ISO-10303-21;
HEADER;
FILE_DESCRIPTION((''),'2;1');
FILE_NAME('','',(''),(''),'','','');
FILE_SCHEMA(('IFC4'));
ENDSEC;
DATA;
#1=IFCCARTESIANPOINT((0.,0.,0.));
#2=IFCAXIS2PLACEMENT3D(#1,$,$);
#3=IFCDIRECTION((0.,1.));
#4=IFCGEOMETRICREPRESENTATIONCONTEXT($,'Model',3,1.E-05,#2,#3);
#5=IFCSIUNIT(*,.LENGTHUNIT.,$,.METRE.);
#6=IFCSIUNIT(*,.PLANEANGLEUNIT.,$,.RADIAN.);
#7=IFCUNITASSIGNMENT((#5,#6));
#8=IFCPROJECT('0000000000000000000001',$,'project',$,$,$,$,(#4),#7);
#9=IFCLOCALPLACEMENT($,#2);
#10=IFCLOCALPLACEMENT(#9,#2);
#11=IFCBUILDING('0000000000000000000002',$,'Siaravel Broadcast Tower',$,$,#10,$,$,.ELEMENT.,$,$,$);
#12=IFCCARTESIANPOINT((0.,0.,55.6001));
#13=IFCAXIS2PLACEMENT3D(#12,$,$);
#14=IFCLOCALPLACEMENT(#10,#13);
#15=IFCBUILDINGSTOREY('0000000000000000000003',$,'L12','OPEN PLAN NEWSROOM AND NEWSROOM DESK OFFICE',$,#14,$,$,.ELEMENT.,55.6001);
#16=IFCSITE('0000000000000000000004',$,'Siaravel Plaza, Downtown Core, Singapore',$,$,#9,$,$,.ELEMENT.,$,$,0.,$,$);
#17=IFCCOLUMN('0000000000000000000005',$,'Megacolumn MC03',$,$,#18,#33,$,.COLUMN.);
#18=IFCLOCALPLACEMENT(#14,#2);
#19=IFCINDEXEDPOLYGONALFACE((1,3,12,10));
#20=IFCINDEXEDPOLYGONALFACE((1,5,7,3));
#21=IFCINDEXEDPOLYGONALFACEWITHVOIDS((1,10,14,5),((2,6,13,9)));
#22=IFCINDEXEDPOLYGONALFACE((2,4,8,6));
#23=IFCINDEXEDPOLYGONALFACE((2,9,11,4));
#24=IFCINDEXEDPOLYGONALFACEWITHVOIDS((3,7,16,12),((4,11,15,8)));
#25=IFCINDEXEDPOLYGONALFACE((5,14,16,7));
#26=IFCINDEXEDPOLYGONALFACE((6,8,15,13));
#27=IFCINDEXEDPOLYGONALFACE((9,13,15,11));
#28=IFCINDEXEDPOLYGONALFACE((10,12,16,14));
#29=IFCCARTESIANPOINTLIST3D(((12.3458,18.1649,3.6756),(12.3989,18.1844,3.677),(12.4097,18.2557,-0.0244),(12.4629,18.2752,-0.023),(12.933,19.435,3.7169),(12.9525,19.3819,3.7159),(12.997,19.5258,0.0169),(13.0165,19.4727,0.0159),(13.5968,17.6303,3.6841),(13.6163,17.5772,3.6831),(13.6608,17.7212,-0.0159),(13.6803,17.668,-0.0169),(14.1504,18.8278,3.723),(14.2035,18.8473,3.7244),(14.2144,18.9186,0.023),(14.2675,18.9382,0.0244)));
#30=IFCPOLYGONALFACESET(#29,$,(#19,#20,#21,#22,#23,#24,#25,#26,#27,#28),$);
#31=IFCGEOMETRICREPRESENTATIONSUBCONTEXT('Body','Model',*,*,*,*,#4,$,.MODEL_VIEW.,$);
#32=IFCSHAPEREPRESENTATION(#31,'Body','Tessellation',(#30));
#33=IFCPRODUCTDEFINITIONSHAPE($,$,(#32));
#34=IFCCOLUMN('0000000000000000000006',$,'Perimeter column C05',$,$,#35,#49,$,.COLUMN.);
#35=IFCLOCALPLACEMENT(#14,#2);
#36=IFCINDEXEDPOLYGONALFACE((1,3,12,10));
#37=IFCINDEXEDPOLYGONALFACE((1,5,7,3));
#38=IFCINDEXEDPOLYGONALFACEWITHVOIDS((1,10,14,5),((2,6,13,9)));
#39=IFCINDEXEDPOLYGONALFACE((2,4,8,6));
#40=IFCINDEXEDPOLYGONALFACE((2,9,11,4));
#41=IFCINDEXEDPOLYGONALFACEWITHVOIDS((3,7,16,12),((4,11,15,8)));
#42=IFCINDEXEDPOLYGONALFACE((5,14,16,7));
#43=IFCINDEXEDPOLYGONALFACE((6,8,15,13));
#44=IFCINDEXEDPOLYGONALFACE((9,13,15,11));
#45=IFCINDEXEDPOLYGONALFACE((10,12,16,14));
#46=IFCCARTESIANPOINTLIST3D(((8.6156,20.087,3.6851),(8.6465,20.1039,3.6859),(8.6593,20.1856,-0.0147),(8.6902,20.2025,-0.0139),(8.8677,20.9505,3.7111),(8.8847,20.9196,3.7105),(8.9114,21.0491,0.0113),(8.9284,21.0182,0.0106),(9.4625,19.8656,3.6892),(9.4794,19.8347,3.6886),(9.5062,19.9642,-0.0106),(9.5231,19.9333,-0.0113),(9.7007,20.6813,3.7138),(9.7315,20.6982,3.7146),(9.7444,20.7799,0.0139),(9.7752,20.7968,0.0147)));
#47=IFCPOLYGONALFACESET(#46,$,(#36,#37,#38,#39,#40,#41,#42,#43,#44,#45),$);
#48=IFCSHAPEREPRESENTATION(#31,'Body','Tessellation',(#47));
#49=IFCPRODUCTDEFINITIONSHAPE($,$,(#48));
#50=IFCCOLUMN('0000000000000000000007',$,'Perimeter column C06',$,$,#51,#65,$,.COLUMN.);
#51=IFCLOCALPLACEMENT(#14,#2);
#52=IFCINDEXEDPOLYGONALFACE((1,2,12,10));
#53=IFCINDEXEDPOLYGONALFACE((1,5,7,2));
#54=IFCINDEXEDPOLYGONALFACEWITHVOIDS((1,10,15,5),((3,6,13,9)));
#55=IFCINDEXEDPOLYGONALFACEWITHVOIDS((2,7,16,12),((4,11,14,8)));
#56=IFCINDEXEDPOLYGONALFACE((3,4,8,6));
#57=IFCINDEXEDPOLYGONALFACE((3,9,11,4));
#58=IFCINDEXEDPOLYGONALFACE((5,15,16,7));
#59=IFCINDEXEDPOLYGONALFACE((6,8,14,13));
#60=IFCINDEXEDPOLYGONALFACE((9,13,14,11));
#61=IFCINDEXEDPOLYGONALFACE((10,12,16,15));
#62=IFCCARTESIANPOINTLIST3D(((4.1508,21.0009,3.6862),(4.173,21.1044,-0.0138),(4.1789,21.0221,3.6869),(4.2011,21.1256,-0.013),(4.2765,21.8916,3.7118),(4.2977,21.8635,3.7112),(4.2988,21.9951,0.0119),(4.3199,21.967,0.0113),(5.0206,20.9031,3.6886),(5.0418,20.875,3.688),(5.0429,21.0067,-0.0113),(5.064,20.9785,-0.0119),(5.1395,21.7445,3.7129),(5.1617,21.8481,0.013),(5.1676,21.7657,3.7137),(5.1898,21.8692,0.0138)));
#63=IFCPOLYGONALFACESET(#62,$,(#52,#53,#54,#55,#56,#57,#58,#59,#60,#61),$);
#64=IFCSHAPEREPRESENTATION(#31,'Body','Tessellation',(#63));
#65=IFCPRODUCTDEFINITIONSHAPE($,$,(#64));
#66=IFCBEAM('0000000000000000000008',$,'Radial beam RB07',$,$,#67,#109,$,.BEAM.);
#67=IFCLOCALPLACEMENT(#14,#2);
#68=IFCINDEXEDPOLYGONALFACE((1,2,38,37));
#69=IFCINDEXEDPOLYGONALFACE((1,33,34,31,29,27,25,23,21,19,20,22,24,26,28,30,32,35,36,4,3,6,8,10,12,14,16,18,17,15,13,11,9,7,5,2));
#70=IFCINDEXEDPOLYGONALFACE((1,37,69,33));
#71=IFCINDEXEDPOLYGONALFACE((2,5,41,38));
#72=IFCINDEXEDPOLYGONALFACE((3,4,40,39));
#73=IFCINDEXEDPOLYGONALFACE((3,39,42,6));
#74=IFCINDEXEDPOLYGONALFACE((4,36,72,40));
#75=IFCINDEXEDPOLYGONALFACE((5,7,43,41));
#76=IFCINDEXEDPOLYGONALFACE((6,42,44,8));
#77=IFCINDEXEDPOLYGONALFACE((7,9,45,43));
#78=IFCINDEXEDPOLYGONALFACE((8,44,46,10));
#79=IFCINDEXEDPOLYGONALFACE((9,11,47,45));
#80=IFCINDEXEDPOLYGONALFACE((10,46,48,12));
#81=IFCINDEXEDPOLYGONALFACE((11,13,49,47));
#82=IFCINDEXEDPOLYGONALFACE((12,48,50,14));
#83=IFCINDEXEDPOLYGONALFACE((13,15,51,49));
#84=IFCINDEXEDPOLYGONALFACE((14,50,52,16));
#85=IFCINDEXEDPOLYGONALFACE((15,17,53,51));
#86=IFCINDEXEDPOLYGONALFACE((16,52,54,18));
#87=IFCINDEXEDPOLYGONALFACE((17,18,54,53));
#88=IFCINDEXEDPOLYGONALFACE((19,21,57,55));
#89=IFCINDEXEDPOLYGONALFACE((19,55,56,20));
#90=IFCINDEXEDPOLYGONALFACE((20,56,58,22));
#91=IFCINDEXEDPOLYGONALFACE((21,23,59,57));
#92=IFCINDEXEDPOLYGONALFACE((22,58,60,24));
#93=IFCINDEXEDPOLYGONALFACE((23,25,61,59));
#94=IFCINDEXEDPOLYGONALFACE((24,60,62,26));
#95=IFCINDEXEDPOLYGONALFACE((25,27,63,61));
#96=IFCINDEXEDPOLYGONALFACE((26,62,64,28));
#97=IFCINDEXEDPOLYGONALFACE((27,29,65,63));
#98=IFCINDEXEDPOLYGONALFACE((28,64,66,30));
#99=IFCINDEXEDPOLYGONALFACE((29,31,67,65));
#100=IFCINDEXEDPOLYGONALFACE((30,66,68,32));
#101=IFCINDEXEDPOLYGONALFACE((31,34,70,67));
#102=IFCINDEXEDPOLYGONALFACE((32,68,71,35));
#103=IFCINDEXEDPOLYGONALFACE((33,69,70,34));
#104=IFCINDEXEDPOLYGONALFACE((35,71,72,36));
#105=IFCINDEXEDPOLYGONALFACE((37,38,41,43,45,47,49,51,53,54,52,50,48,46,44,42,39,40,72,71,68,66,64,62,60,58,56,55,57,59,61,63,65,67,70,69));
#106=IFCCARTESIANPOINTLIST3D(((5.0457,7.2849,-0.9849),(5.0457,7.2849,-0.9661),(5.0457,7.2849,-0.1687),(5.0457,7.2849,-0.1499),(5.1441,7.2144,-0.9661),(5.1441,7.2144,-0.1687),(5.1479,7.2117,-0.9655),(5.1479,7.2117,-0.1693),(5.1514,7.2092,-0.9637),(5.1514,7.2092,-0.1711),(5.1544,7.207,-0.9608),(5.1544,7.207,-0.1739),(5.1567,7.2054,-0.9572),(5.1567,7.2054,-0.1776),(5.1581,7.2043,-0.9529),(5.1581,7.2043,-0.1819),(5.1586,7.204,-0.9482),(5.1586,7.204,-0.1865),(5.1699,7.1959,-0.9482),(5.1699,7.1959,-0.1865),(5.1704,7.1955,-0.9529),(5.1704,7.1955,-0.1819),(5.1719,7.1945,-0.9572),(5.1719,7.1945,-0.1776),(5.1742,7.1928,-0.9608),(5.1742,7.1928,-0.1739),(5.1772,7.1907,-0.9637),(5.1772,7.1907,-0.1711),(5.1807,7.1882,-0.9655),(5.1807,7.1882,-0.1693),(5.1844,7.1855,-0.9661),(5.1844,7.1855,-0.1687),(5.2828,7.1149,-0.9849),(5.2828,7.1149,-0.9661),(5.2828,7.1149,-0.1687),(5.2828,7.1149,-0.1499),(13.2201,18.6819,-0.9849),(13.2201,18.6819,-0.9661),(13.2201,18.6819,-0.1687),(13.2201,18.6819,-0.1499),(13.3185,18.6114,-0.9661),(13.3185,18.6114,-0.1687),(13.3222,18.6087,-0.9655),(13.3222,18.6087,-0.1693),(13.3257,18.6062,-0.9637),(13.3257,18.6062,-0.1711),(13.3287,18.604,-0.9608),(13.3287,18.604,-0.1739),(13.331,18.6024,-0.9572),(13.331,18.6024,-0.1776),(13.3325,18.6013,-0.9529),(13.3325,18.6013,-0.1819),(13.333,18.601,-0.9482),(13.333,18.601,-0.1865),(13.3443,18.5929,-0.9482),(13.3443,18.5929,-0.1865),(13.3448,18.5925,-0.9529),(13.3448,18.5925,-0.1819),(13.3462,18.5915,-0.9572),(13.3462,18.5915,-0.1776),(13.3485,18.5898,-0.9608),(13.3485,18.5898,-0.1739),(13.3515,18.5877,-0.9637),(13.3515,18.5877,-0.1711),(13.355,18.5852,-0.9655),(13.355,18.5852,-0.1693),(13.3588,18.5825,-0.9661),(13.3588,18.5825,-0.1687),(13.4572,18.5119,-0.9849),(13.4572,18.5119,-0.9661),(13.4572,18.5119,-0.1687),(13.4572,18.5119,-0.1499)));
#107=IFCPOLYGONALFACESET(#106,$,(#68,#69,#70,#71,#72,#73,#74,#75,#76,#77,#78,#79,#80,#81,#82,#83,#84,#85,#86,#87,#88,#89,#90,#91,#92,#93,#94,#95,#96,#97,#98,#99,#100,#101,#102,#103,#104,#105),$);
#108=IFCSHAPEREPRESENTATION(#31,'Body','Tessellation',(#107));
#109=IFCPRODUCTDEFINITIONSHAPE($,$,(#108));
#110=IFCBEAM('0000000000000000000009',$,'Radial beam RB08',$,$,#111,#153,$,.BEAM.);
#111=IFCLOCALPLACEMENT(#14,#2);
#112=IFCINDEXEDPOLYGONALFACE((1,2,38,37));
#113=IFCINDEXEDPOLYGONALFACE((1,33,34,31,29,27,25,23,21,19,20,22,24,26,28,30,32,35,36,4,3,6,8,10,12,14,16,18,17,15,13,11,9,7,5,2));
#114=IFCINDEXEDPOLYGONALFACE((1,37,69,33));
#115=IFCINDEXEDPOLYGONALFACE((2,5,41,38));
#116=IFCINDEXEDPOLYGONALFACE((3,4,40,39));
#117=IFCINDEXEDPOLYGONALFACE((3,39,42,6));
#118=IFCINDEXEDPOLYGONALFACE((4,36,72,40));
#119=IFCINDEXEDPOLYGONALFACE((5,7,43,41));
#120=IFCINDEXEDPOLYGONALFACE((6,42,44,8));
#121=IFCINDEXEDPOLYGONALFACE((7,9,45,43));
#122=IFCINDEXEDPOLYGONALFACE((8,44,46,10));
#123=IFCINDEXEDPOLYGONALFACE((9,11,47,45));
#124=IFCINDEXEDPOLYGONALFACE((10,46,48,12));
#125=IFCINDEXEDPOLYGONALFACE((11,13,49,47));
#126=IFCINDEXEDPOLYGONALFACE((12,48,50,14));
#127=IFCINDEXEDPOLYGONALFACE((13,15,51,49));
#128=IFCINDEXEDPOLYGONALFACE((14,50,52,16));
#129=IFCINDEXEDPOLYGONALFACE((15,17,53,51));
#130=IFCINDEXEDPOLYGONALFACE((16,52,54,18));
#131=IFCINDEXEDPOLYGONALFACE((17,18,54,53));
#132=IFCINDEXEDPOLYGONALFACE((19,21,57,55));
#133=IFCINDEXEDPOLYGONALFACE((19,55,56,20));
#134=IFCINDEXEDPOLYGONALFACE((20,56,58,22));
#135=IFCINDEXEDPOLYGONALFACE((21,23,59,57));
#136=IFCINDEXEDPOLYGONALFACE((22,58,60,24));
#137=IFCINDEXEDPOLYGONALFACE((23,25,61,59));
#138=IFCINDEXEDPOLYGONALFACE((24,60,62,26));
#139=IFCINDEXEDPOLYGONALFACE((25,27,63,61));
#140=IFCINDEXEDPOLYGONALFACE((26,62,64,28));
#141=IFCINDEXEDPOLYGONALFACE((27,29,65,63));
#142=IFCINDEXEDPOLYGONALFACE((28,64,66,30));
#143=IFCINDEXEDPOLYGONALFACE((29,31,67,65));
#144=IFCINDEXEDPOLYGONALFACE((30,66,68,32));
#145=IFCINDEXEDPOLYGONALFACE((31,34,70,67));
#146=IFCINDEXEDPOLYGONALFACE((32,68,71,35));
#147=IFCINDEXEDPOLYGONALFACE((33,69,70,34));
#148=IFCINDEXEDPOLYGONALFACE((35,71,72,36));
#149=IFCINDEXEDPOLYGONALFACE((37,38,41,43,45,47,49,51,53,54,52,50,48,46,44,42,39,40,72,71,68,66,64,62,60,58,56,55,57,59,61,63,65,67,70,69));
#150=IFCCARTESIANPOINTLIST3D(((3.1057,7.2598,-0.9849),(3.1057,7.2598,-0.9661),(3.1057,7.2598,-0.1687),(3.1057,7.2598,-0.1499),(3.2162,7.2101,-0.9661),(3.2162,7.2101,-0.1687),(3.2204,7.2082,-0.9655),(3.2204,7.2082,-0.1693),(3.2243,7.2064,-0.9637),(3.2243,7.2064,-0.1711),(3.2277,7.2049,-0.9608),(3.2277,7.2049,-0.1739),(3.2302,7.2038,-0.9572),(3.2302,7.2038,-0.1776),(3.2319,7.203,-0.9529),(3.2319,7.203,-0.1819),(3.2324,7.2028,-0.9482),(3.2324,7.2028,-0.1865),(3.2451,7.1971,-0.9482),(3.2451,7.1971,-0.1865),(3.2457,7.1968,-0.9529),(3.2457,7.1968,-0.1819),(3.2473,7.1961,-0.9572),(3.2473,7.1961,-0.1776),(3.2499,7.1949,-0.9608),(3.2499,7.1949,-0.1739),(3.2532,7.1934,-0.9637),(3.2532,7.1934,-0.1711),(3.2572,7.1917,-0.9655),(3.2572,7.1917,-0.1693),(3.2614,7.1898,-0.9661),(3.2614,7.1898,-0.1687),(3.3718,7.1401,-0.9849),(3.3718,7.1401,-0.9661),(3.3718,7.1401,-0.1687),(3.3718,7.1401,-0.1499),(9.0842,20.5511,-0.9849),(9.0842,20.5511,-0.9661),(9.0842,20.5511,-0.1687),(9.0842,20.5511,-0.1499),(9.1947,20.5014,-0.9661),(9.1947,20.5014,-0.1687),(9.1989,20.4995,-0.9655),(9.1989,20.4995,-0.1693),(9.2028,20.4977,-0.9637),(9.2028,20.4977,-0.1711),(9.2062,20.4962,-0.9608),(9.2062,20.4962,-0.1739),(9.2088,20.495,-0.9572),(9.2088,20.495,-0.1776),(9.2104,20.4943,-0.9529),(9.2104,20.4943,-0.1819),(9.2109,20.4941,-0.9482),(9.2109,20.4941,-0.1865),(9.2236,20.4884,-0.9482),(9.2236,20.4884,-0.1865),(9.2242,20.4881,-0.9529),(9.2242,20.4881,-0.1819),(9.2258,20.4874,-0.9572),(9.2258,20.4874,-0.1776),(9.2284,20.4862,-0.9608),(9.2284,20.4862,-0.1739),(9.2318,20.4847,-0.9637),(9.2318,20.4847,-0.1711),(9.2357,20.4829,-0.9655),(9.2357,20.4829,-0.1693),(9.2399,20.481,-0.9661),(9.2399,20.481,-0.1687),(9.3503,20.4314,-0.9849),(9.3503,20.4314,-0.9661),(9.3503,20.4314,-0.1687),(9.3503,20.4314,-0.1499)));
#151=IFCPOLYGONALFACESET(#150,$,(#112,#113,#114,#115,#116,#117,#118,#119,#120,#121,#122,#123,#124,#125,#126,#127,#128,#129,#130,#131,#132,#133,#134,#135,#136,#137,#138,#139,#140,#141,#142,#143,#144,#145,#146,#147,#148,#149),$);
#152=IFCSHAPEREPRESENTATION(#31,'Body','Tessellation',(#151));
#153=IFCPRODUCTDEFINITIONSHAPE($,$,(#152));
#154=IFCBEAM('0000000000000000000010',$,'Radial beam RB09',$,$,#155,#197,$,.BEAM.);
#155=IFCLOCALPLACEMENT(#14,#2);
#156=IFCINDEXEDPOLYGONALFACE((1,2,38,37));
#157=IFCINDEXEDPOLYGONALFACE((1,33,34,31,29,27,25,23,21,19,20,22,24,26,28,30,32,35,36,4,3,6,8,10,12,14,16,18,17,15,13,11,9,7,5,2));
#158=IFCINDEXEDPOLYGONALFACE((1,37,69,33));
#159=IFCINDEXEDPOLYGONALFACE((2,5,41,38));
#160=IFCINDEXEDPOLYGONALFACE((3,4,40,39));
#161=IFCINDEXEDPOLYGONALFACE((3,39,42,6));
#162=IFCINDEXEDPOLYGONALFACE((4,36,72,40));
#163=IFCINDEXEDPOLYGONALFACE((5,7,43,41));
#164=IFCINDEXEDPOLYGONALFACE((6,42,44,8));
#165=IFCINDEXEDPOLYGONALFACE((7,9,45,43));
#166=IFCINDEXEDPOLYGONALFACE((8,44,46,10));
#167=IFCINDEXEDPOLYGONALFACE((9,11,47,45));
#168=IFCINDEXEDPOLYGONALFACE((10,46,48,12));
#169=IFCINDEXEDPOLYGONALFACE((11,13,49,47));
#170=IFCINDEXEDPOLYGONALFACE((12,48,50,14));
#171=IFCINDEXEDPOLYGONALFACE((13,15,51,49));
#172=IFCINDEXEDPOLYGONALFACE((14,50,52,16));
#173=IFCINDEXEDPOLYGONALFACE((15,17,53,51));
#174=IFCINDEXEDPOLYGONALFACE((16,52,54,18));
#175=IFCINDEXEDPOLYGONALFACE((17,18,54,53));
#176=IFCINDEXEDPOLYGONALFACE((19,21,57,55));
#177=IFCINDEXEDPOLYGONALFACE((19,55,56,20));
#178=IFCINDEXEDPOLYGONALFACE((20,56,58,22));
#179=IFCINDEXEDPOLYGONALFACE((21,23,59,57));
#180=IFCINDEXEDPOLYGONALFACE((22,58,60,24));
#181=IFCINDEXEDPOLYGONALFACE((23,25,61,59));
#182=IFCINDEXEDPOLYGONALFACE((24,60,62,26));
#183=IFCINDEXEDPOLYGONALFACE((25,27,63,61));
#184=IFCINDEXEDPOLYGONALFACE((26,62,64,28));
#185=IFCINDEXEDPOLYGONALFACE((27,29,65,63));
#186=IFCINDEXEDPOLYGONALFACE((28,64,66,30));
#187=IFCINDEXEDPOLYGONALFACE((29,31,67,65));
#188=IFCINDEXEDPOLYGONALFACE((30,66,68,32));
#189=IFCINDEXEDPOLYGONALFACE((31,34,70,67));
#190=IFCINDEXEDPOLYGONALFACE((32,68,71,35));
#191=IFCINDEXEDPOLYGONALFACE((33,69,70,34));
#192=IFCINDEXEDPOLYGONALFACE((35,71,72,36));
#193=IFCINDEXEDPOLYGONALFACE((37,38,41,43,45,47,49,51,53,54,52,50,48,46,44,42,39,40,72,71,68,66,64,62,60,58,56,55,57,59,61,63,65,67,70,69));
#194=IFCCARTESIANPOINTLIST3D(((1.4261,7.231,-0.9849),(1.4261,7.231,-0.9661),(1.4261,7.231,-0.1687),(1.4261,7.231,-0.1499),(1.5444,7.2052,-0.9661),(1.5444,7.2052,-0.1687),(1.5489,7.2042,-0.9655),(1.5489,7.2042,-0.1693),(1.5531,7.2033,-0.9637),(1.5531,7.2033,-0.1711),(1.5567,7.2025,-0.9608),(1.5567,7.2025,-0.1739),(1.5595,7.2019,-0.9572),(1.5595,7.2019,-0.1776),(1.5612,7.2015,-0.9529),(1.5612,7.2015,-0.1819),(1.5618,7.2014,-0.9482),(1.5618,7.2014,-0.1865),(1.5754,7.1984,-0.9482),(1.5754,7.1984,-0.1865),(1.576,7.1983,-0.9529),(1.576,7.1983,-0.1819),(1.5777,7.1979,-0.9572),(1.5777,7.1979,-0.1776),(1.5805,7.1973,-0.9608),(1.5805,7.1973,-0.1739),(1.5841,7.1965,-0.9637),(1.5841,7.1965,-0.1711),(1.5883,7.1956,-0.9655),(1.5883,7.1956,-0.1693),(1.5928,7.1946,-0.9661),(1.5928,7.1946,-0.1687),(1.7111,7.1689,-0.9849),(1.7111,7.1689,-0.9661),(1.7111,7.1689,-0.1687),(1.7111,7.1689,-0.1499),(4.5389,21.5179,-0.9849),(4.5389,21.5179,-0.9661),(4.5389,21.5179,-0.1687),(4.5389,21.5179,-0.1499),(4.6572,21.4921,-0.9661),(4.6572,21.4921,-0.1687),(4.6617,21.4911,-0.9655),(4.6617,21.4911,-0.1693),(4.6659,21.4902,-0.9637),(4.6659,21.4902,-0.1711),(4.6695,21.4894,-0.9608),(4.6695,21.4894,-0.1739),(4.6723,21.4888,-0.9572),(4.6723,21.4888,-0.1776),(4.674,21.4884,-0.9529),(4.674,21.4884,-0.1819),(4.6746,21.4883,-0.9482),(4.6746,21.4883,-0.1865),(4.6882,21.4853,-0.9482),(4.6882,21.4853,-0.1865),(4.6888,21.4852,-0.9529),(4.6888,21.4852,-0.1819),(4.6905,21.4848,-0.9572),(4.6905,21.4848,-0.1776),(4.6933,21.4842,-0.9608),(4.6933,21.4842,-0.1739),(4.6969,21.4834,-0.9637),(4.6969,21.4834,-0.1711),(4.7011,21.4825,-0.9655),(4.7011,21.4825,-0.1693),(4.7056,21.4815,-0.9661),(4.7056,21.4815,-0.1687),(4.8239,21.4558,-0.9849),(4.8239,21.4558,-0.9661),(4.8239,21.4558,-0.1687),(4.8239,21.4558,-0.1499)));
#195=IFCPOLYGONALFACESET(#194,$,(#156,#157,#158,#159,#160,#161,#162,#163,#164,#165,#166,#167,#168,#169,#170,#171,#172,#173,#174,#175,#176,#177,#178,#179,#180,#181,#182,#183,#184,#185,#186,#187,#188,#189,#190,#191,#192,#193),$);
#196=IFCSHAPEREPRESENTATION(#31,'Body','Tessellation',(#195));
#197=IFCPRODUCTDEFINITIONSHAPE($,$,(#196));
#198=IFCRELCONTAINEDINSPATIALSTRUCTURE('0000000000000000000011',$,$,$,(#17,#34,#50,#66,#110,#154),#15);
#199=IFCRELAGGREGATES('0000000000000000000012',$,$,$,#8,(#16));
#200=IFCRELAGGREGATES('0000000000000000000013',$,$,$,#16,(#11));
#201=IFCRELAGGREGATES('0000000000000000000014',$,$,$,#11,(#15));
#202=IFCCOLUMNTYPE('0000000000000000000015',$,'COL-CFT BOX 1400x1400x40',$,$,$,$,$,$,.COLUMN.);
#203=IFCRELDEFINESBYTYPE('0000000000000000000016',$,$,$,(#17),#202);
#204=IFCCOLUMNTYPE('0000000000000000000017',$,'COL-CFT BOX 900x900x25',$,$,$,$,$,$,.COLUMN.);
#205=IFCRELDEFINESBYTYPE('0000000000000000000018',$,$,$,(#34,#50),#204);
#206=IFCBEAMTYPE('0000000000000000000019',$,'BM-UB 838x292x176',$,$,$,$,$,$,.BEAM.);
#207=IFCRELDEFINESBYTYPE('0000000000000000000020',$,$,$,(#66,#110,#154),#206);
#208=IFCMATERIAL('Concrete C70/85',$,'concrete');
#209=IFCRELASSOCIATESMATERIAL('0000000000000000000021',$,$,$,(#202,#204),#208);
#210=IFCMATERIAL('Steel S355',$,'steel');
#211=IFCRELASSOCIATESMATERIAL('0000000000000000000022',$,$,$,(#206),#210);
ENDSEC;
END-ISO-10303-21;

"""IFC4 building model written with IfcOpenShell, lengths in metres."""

from ifc_helpers import new_model, si_unit, direction, frame, origin, origin_2d, place, context, subcontext, project, spatial, hollow_rectangle, i_section, extrude, material, material_profile, profile_set, type_object, element, save


model = new_model("IFC4")

# Units and contexts
model_context = context("Model", 3, precision=1e-05, world=origin(), true_north=direction((0.0, 1.0)))
body_context = subcontext(model_context, "Body", "Model", "MODEL_VIEW")
ifc_project = project(units=[si_unit("LENGTHUNIT", "METRE"), si_unit("PLANEANGLEUNIT", "RADIAN")], contexts=[model_context])

# Site, building, storey
site_placement = place(None, origin())
site = spatial("IfcSite", under=ifc_project, at=site_placement, Name="Siaravel Plaza, Downtown Core, Singapore", CompositionType="ELEMENT", RefElevation=0.0)
building_placement = place(site_placement, origin())
building = spatial("IfcBuilding", under=site, at=building_placement, Name="Siaravel Broadcast Tower", CompositionType="ELEMENT")
storey_placement = place(building_placement, frame((0.0, 0.0, 55.6001)))
storey = spatial("IfcBuildingStorey", under=building, at=storey_placement, Name="L12", Description="OPEN PLAN NEWSROOM AND NEWSROOM DESK OFFICE", CompositionType="ELEMENT", Elevation=55.6001)

# Columns
ifc_material_1 = material(Name="Concrete C70/85", Category="concrete")
ifc_material_profile_1 = material_profile(ifc_material_1, hollow_rectangle(XDim=1.3999, YDim=1.3999, WallThickness=0.04, at=origin_2d()))
ifc_profile_set_1 = profile_set([ifc_material_profile_1], Name="Concrete C70/85")
column_type_1 = type_object("IfcColumnType", Name="COL-CFT BOX 1400x1400x40", PredefinedType="COLUMN", material=ifc_profile_set_1)
column_placement = place(storey_placement, frame((13.3386, 18.5969, 0.0), z_axis=(-0.01728, -0.024535, 0.99955), x_axis=(0.907606, -0.419789, 0.005386)))
element("IfcColumn", 1, at=column_placement, inside=storey, type_object=column_type_1, Name="Megacolumn MC03", PredefinedType="COLUMN", context=body_context, shape_type="SweptSolid", body=[
    extrude(hollow_rectangle(XDim=1.3999, YDim=1.3999, WallThickness=0.04, at=origin_2d()), origin(), (0.0, 0.0, 1.0), 3.7017),
])
ifc_material_profile_2 = material_profile(ifc_material_1, hollow_rectangle(XDim=0.8999, YDim=0.8999, WallThickness=0.0249, at=origin_2d()))
ifc_profile_set_2 = profile_set([ifc_material_profile_2], Name="Concrete C70/85")
column_type_2 = type_object("IfcColumnType", Name="COL-CFT BOX 900x900x25", PredefinedType="COLUMN", material=ifc_profile_set_2)
for number, where, z_axis, x_axis, name in (
    (2, (9.2173, 20.4912, 0.0), (-0.011806, -0.026647, 0.999575), (0.959887, -0.280361, 0.003864), "Perimeter column C05"),
    (3, (4.6814, 21.4868, 0.0), (-0.006002, -0.027966, 0.999591), (0.990164, -0.139896, 0.002032), "Perimeter column C06"),
):
    element("IfcColumn", number, at=place(storey_placement, frame(where, z_axis=z_axis, x_axis=x_axis)), inside=storey, type_object=column_type_2, Name=name, PredefinedType="COLUMN", context=body_context, shape_type="SweptSolid", body=[
        extrude(hollow_rectangle(XDim=0.8999, YDim=0.8999, WallThickness=0.0249, at=origin_2d()), origin(), (0.0, 0.0, 1.0), 3.7014),
    ])

# Beams
ifc_material_2 = material(Name="Steel S355", Category="steel")
ifc_material_profile_3 = material_profile(ifc_material_2, i_section(OverallWidth=0.2917, OverallDepth=0.835, WebThickness=0.0139, FlangeThickness=0.0188, FilletRadius=0.0178, at=origin_2d()))
ifc_profile_set_3 = profile_set([ifc_material_profile_3], Name="Steel S355")
beam_type = type_object("IfcBeamType", Name="BM-UB 838x292x176", PredefinedType="BEAM", material=ifc_profile_set_3)
beam_1_placement = place(storey_placement, frame((13.3386, 18.5969, -0.5674), z_axis=(-0.582824, -0.812598, 0.0), x_axis=(0.812598, -0.582824, 0.0)))
element("IfcBeam", 4, at=beam_1_placement, inside=storey, type_object=beam_type, Name="Radial beam RB07", PredefinedType="BEAM", context=body_context, shape_type="SweptSolid", body=[
    extrude(i_section(OverallWidth=0.2917, OverallDepth=0.835, WebThickness=0.0139, FlangeThickness=0.0188, FilletRadius=0.0178, at=origin_2d()), origin(), (0.0, 0.0, 1.0), 14.0254),
])
beam_2_placement = place(storey_placement, frame((9.2173, 20.4912, -0.5674), z_axis=(-0.410219, -0.911987, 0.0), x_axis=(0.911987, -0.410219, 0.0)))
element("IfcBeam", 5, at=beam_2_placement, inside=storey, type_object=beam_type, Name="Radial beam RB08", PredefinedType="BEAM", context=body_context, shape_type="SweptSolid", body=[
    extrude(i_section(OverallWidth=0.2917, OverallDepth=0.835, WebThickness=0.0139, FlangeThickness=0.0188, FilletRadius=0.0178, at=origin_2d()), origin(), (0.0, 0.0, 1.0), 14.574),
])
beam_3_placement = place(storey_placement, frame((4.6814, 21.4868, -0.5674), z_axis=(-0.212884, -0.977078, 0.0), x_axis=(0.977078, -0.212884, 0.0)))
element("IfcBeam", 6, at=beam_3_placement, inside=storey, type_object=beam_type, Name="Radial beam RB09", PredefinedType="BEAM", context=body_context, shape_type="SweptSolid", body=[
    extrude(i_section(OverallWidth=0.2917, OverallDepth=0.835, WebThickness=0.0139, FlangeThickness=0.0188, FilletRadius=0.0178, at=origin_2d()), origin(), (0.0, 0.0, 1.0), 14.6221),
])

save(model, "model.ifc")
